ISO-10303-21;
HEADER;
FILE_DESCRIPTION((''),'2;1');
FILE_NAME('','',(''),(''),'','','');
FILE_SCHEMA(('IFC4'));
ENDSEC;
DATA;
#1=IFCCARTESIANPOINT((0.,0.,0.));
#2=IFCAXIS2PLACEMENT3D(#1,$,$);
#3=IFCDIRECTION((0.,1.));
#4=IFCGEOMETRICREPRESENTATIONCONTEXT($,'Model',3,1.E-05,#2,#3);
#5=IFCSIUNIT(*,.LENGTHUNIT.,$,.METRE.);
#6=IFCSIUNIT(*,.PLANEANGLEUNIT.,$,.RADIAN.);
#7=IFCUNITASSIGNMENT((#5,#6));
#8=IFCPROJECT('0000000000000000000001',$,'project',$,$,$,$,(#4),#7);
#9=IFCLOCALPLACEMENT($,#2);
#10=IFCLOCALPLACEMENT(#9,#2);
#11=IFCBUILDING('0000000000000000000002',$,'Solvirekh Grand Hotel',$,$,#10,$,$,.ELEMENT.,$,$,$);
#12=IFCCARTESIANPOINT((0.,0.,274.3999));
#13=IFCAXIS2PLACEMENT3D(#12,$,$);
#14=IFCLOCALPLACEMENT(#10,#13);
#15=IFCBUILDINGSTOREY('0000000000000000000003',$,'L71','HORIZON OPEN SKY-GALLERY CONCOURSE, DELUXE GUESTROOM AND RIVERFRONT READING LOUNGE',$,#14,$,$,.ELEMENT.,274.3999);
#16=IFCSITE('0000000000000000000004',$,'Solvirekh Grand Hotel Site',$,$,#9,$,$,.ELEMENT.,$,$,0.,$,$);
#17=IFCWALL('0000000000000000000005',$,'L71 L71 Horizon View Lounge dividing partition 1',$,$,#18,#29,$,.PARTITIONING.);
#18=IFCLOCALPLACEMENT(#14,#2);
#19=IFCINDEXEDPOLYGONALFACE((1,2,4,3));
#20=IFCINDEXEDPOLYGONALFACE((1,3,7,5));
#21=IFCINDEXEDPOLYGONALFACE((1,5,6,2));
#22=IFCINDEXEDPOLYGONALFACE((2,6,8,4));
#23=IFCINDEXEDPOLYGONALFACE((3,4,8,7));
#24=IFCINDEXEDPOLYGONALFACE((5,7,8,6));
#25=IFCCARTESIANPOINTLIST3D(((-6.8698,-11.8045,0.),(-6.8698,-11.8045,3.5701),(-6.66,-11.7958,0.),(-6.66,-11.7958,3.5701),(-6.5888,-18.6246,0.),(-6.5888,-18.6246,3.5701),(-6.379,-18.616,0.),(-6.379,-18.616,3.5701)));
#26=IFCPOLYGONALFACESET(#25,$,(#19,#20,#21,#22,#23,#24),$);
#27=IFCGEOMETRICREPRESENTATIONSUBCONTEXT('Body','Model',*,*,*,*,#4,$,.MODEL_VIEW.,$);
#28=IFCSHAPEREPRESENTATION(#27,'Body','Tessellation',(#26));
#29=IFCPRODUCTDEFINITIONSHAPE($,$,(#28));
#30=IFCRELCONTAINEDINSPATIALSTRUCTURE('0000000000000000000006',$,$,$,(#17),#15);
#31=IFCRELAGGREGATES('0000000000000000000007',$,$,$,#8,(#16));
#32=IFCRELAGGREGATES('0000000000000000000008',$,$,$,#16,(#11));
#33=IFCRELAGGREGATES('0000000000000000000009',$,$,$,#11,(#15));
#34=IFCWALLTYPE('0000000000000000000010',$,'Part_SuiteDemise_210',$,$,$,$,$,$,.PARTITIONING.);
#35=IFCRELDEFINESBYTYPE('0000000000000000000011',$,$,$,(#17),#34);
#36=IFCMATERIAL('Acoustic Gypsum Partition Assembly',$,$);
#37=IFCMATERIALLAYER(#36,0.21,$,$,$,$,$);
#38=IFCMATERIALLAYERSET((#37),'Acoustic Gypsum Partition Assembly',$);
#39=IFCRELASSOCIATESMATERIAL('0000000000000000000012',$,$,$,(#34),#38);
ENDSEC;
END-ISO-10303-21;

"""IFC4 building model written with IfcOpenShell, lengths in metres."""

from ifc_helpers import new_model, si_unit, direction, frame, frame_2d, origin, place, context, subcontext, project, spatial, rectangle, extrude, material, layer, layer_set, type_object, element, save


model = new_model("IFC4")

# Units and contexts
model_context = context("Model", 3, precision=1e-05, world=origin(), true_north=direction((0.0, 1.0)))
body_context = subcontext(model_context, "Body", "Model", "MODEL_VIEW")
ifc_project = project(units=[si_unit("LENGTHUNIT", "METRE"), si_unit("PLANEANGLEUNIT", "RADIAN")], contexts=[model_context])

# Site, building, storey
site_placement = place(None, origin())
site = spatial("IfcSite", under=ifc_project, at=site_placement, Name="Solvirekh Grand Hotel Site", CompositionType="ELEMENT", RefElevation=0.0)
building_placement = place(site_placement, origin())
building = spatial("IfcBuilding", under=site, at=building_placement, Name="Solvirekh Grand Hotel", CompositionType="ELEMENT")
storey_placement = place(building_placement, frame((0.0, 0.0, 274.3999)))
storey = spatial("IfcBuildingStorey", under=building, at=storey_placement, Name="L71", Description="HORIZON OPEN SKY-GALLERY CONCOURSE, DELUXE GUESTROOM AND RIVERFRONT READING LOUNGE", CompositionType="ELEMENT", Elevation=274.3999)

# Shared definitions
ifc_material_1 = material(Name="Acoustic Gypsum Partition Assembly")

# Wall
ifc_layer_1 = layer(ifc_material_1, 0.21)
ifc_layer_set_1 = layer_set([ifc_layer_1], Name="Acoustic Gypsum Partition Assembly")
wall_type_1 = type_object("IfcWallType", Name="Part_SuiteDemise_210", PredefinedType="PARTITIONING", material=ifc_layer_set_1)
wall_1_placement = place(storey_placement, frame((-6.7649, -11.8, 0.0), z_axis=(0.0, 0.0, 1.0), x_axis=(0.041168, -0.999152, 0.0)))
element("IfcWall", 1, at=wall_1_placement, inside=storey, type_object=wall_type_1, Name="L71 L71 Horizon View Lounge dividing partition 1", PredefinedType="PARTITIONING", context=body_context, shape_type="SweptSolid", body=[
    extrude(rectangle(XDim=6.8259, YDim=0.21, at=frame_2d((3.4131, 0.0))), origin(), (0.0, 0.0, 1.0), 3.5701),
])

save(model, "model.ifc")
